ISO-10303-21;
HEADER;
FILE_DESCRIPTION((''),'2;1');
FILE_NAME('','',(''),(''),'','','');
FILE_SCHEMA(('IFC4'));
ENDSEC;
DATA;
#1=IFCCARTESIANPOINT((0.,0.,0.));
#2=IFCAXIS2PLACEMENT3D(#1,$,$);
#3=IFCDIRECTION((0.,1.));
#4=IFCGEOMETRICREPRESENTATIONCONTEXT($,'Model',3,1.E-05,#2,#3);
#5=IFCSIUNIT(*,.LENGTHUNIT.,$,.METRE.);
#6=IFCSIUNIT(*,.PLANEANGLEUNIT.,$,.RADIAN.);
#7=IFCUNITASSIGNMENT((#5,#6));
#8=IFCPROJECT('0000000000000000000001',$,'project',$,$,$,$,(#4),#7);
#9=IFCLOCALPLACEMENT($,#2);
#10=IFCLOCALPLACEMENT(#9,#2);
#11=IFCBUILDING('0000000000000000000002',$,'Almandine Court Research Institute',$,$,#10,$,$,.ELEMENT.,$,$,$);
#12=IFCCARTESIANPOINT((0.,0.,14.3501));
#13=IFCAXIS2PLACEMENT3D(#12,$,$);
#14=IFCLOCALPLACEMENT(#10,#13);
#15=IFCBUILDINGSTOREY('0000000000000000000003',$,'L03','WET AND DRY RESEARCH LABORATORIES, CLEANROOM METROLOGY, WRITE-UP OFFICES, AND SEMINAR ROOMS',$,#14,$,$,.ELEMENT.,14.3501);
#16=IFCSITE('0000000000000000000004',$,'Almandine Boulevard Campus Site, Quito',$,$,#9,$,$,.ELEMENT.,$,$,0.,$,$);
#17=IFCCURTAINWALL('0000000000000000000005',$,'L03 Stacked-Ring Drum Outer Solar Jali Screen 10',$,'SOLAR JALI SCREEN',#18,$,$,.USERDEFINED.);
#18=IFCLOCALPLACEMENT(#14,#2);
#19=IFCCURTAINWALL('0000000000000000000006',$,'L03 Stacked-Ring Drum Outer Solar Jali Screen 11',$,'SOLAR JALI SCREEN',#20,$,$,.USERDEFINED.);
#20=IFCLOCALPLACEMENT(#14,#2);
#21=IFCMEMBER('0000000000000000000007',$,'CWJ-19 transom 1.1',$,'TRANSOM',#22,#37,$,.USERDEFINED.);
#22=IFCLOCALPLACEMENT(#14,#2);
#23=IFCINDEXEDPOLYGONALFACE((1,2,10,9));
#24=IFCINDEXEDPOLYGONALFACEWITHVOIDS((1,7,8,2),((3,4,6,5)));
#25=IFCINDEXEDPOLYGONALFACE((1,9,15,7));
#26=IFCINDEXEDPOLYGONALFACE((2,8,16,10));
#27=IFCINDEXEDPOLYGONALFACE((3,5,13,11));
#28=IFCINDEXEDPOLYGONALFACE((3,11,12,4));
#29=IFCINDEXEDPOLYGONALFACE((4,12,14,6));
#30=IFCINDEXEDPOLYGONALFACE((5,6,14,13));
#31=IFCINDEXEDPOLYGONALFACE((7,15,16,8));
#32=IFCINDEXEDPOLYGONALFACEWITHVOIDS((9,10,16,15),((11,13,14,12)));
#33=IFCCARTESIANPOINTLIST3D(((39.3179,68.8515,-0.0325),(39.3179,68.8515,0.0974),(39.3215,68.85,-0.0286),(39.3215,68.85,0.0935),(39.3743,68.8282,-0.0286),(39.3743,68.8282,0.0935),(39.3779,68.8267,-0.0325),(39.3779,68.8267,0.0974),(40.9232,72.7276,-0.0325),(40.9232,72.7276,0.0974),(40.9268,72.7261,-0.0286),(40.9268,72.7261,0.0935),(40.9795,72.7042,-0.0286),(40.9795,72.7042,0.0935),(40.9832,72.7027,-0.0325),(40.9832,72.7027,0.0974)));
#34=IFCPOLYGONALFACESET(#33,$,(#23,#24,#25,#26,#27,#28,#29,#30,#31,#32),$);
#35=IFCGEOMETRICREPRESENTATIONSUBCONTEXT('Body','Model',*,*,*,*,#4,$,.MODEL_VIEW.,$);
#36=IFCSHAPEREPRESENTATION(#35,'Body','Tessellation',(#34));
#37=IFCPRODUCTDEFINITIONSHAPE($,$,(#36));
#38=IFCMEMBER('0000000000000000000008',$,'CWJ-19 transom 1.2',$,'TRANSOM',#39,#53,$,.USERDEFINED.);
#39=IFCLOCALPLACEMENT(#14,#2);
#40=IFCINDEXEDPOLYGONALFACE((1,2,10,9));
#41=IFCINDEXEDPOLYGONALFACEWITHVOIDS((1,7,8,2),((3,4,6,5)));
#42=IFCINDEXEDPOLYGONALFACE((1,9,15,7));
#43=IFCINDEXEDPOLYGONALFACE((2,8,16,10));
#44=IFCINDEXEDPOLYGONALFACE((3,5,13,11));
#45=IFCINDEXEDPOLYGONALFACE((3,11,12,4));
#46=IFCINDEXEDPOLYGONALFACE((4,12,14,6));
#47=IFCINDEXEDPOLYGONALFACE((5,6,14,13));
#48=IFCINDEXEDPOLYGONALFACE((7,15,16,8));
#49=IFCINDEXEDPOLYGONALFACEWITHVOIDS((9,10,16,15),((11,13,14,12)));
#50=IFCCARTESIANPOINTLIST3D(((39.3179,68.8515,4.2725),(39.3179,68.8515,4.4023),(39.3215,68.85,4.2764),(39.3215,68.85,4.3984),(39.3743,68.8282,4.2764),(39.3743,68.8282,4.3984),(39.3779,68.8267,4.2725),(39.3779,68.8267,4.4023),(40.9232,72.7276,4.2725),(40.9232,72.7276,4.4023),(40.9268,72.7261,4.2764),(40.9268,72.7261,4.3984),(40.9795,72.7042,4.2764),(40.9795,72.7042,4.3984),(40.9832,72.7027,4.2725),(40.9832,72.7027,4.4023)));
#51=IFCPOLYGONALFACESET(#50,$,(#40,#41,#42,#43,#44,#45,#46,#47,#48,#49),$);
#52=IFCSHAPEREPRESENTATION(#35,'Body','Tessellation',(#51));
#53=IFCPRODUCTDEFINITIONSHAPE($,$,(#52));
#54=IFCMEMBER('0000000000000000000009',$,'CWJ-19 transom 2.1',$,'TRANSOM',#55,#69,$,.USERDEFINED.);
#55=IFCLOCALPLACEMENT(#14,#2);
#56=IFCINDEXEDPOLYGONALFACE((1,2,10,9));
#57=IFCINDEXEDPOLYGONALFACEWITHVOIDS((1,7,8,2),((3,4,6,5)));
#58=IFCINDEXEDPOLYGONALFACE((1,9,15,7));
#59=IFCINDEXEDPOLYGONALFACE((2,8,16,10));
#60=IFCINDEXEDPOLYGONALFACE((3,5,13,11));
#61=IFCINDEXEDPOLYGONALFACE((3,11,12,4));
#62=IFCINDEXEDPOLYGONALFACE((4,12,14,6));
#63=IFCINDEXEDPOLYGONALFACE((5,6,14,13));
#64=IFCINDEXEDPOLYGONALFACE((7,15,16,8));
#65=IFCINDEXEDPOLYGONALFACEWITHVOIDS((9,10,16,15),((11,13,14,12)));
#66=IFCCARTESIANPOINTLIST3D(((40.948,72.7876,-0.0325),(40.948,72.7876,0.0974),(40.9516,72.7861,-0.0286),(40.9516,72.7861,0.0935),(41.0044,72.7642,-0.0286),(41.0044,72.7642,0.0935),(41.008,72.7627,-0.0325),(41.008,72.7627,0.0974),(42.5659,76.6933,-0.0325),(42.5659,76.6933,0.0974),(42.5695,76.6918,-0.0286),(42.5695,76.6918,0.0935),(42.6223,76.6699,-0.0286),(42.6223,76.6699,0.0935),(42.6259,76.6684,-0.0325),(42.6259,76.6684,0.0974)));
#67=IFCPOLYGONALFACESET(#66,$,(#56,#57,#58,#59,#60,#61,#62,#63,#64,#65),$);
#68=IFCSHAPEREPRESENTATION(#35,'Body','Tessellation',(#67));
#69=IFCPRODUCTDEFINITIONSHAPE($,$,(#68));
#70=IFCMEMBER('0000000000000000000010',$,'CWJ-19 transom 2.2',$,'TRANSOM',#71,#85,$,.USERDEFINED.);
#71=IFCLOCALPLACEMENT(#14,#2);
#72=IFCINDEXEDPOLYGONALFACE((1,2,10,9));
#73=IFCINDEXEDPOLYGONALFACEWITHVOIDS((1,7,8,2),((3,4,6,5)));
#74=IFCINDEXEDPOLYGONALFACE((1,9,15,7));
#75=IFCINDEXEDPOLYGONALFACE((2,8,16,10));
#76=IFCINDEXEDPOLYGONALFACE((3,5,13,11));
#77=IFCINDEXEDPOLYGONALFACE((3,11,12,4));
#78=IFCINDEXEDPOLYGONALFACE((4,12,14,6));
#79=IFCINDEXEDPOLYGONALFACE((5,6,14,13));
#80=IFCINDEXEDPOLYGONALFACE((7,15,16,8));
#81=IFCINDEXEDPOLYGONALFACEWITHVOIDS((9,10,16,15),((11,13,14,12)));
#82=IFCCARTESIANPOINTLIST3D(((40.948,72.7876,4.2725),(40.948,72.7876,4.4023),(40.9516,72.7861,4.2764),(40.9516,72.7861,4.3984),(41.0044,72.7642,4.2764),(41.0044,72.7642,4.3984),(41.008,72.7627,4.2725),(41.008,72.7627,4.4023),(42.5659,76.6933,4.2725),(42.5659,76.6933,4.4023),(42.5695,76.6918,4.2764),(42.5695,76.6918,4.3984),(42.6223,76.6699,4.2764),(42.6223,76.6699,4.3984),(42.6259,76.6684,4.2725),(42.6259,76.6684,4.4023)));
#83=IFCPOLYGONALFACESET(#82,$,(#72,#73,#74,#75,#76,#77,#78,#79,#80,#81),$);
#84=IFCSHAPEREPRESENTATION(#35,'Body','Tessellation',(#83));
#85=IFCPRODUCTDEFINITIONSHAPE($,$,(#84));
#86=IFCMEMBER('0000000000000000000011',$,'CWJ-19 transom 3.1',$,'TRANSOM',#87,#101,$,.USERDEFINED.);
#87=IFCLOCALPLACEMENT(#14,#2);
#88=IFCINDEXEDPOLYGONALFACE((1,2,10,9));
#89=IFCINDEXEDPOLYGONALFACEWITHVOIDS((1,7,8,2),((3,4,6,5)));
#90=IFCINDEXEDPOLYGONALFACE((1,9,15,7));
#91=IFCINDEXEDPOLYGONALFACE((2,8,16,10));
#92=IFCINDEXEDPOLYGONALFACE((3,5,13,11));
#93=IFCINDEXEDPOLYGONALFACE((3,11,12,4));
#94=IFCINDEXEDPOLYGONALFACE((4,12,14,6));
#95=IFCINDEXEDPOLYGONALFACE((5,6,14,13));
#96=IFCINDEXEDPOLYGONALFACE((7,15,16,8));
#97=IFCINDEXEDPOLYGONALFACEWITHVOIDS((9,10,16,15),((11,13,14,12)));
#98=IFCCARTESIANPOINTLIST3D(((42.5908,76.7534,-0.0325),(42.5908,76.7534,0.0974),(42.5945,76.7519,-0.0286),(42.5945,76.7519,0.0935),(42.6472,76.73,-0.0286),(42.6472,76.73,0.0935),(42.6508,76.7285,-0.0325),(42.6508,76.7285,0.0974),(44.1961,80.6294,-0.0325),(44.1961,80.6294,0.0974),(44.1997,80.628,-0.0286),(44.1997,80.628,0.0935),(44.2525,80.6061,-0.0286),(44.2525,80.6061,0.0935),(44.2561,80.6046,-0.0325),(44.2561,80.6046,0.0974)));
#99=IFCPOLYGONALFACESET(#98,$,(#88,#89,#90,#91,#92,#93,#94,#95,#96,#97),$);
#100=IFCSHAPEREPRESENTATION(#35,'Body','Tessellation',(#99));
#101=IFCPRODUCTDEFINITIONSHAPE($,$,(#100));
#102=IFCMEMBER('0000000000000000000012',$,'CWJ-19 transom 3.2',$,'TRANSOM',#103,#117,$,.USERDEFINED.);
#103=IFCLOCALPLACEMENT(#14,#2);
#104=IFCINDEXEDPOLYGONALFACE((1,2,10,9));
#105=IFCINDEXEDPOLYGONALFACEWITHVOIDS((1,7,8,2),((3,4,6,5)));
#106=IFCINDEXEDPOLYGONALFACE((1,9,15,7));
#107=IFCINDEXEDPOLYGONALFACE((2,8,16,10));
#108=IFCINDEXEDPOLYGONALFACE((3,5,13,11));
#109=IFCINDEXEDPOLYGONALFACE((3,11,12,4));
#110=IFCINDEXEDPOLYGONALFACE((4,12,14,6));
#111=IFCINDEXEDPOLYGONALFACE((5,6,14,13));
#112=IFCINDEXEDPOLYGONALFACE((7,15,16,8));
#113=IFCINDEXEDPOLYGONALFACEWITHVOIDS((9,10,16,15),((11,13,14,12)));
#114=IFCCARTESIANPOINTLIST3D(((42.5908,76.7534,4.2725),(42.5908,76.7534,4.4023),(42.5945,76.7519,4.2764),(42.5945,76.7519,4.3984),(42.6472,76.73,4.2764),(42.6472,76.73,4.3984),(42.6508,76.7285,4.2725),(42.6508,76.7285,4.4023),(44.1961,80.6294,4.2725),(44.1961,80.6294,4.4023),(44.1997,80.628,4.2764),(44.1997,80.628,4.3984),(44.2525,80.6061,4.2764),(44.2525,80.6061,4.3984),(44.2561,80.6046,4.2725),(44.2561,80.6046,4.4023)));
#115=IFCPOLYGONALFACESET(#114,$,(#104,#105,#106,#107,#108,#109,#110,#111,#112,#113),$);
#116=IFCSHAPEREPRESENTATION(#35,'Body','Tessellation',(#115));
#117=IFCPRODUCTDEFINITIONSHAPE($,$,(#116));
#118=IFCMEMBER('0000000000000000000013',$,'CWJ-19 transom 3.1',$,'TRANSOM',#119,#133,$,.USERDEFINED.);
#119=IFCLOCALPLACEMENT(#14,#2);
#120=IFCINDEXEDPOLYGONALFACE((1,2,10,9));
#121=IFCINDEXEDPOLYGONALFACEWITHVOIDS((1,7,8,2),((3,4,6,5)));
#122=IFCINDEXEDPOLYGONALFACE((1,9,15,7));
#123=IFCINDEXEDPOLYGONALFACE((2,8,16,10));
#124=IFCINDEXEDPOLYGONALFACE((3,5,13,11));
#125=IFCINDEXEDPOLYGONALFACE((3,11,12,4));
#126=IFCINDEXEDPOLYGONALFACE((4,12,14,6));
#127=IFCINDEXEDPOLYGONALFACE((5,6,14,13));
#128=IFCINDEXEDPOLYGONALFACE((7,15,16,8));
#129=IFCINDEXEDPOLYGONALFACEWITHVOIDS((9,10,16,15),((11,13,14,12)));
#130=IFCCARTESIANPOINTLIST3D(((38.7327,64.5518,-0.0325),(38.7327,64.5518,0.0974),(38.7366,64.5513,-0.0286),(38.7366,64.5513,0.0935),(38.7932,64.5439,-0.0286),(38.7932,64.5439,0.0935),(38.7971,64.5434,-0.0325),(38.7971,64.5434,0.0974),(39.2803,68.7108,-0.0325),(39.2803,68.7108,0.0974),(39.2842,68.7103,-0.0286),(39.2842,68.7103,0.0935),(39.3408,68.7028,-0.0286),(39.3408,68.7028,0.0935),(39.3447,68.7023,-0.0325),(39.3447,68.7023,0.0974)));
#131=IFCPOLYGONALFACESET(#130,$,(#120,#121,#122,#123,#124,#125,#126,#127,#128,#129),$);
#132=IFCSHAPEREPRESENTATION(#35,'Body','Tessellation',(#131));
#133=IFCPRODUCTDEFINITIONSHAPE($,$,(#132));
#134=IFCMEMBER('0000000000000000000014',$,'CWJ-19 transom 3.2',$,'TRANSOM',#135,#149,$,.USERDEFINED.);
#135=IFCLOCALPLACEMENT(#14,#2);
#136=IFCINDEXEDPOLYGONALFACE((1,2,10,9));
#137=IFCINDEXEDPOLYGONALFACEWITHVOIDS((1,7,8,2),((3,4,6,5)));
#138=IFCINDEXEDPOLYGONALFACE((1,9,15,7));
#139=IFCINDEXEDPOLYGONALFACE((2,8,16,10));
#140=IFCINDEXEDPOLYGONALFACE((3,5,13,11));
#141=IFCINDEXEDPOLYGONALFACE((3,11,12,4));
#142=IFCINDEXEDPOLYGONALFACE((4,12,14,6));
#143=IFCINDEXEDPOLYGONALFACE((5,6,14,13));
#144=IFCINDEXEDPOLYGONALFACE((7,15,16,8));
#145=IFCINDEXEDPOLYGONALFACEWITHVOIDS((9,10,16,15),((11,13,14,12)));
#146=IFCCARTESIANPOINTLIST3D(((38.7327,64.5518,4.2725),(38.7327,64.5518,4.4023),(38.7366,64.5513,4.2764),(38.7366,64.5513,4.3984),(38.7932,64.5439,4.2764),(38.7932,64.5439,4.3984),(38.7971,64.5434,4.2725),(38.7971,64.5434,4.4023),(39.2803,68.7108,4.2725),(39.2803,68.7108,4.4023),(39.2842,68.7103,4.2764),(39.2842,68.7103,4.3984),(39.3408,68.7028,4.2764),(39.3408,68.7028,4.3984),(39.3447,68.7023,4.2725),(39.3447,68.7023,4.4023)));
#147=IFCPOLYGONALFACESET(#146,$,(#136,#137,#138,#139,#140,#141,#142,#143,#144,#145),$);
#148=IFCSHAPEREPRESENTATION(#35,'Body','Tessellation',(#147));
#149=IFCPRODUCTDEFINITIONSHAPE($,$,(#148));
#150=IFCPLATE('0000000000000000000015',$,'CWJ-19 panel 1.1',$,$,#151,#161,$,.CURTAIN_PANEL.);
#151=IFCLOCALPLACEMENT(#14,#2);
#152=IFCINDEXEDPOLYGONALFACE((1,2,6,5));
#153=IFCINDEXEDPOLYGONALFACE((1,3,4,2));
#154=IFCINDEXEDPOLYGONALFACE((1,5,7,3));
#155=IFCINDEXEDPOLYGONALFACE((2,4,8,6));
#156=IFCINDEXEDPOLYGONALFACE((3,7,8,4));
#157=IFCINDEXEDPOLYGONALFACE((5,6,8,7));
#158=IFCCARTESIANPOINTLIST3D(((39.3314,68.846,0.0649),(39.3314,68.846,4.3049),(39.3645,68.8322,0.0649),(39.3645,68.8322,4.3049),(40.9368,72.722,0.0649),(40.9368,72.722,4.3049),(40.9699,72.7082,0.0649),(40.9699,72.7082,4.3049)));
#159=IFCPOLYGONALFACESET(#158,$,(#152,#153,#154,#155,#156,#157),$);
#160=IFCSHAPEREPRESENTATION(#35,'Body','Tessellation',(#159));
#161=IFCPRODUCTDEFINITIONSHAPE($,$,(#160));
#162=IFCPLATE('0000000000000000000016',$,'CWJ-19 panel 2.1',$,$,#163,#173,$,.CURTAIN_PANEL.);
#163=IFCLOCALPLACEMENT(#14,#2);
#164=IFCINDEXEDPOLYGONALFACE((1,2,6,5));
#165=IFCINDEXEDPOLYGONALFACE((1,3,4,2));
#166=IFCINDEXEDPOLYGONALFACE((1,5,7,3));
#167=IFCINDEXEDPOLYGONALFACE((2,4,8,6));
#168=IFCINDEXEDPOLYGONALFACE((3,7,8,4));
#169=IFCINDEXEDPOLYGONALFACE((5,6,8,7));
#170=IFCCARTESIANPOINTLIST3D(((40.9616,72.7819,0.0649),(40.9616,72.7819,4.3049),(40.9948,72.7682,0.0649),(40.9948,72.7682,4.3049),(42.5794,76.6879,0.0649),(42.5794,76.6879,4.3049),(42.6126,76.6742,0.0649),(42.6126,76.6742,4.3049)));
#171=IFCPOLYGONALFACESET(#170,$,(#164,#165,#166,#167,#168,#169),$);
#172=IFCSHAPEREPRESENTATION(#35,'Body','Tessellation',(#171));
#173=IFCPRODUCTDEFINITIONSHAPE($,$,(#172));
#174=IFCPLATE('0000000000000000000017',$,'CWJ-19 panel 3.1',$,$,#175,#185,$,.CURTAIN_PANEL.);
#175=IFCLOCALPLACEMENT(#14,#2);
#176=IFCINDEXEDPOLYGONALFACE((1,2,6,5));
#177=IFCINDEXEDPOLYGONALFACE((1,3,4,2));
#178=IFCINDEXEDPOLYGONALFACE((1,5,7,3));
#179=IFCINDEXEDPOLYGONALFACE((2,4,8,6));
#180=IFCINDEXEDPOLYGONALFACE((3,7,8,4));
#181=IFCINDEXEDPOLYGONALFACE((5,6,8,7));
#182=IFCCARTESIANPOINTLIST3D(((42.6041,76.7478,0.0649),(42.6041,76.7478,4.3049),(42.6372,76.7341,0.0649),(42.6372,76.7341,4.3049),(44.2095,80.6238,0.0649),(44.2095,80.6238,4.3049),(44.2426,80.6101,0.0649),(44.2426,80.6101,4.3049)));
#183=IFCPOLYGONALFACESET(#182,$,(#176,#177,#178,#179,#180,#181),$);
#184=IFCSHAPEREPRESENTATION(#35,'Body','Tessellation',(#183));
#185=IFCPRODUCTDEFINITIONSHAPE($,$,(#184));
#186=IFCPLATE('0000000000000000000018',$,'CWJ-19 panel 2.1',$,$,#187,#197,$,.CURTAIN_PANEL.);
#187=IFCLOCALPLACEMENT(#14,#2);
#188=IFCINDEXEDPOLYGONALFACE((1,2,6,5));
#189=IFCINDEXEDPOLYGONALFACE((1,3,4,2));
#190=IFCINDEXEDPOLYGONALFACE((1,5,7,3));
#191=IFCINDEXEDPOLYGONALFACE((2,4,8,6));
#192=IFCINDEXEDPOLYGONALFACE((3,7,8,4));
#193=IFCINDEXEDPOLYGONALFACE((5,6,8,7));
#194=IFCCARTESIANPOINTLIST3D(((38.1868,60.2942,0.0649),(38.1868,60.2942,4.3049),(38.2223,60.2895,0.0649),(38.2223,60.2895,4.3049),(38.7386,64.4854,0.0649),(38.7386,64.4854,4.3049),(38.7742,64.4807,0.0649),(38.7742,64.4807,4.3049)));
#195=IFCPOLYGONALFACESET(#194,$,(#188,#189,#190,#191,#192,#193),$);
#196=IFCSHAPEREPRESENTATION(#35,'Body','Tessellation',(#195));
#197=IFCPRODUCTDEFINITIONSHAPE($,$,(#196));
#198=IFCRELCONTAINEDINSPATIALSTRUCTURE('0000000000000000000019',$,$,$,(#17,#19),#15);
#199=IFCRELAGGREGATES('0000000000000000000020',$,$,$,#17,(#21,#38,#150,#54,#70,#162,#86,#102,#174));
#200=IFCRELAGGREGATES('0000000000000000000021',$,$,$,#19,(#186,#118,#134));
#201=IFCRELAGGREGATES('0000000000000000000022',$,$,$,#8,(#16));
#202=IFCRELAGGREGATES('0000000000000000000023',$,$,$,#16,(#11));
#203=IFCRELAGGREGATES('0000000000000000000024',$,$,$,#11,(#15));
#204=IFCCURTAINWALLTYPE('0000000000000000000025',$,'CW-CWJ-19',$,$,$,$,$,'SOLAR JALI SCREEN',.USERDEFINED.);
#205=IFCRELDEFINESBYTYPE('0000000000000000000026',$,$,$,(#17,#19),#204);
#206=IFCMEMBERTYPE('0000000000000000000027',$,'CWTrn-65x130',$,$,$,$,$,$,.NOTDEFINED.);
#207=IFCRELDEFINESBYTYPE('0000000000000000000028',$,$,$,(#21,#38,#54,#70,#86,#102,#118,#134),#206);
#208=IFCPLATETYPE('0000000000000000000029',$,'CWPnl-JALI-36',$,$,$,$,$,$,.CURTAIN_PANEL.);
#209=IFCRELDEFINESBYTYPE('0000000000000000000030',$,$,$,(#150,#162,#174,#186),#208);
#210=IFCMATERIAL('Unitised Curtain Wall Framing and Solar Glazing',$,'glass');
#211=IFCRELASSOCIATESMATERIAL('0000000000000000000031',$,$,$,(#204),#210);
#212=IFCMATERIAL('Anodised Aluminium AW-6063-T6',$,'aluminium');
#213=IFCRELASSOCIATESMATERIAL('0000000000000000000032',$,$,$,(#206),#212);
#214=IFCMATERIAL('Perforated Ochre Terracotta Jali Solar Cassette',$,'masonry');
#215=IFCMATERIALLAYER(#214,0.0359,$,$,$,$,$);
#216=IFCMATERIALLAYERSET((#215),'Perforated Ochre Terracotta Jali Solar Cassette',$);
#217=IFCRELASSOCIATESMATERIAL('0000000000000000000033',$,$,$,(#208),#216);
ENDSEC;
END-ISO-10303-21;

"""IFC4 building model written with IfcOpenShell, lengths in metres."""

from ifc_helpers import new_model, si_unit, direction, frame, origin, origin_2d, place, context, subcontext, project, spatial, rectangle, hollow_rectangle, extrude, material, layer, layer_set, material_profile, profile_set, type_object, element, aggregate, save


model = new_model("IFC4")

# Units and contexts
model_context = context("Model", 3, precision=1e-05, world=origin(), true_north=direction((0.0, 1.0)))
body_context = subcontext(model_context, "Body", "Model", "MODEL_VIEW")
ifc_project = project(units=[si_unit("LENGTHUNIT", "METRE"), si_unit("PLANEANGLEUNIT", "RADIAN")], contexts=[model_context])

# Site, building, storey
site_placement = place(None, origin())
site = spatial("IfcSite", under=ifc_project, at=site_placement, Name="Almandine Boulevard Campus Site, Quito", CompositionType="ELEMENT", RefElevation=0.0)
building_placement = place(site_placement, origin())
building = spatial("IfcBuilding", under=site, at=building_placement, Name="Almandine Court Research Institute", CompositionType="ELEMENT")
storey_placement = place(building_placement, frame((0.0, 0.0, 14.3501)))
storey = spatial("IfcBuildingStorey", under=building, at=storey_placement, Name="L03", Description="WET AND DRY RESEARCH LABORATORIES, CLEANROOM METROLOGY, WRITE-UP OFFICES, AND SEMINAR ROOMS", CompositionType="ELEMENT", Elevation=14.3501)

# Shared definitions
ifc_material_1 = material(Name="Unitised Curtain Wall Framing and Solar Glazing", Category="glass")
curtain_wall_type = type_object("IfcCurtainWallType", Name="CW-CWJ-19", ElementType="SOLAR JALI SCREEN", PredefinedType="USERDEFINED", material=ifc_material_1)
ifc_material_2 = material(Name="Anodised Aluminium AW-6063-T6", Category="aluminium")

# Curtain walls
curtain_wall_1_placement = place(storey_placement, origin())
curtain_wall_1 = element("IfcCurtainWall", 1, at=curtain_wall_1_placement, inside=storey, type_object=curtain_wall_type, Name="L03 Stacked-Ring Drum Outer Solar Jali Screen 10", ObjectType="SOLAR JALI SCREEN", PredefinedType="USERDEFINED")
curtain_wall_2_placement = place(storey_placement, origin())
curtain_wall_2 = element("IfcCurtainWall", 2, at=curtain_wall_2_placement, inside=storey, type_object=curtain_wall_type, Name="L03 Stacked-Ring Drum Outer Solar Jali Screen 11", ObjectType="SOLAR JALI SCREEN", PredefinedType="USERDEFINED")

# Members
ifc_material_profile_1 = material_profile(ifc_material_2, hollow_rectangle(XDim=0.0649, YDim=0.1299, WallThickness=0.0039, at=origin_2d()), Name="ALU RHS 65x130x4")
ifc_profile_set_1 = profile_set([ifc_material_profile_1], Name="Anodised Aluminium AW-6063-T6")
member_type_1 = type_object("IfcMemberType", Name="CWTrn-65x130", PredefinedType="NOTDEFINED", material=ifc_profile_set_1)
member_1_placement = place(storey_placement, frame((39.3479, 68.8391, 0.0325), z_axis=(0.382631, 0.923901, 0.0), x_axis=(-0.923901, 0.382631, 0.0)))
member_1 = element("IfcMember", 3, at=member_1_placement, type_object=member_type_1, Name="CWJ-19 transom 1.1", ObjectType="TRANSOM", PredefinedType="USERDEFINED", context=body_context, shape_type="SweptSolid", body=[
    extrude(hollow_rectangle(XDim=0.0649, YDim=0.1299, WallThickness=0.0039, at=origin_2d()), origin(), (0.0, 0.0, 1.0), 4.1953),
])
member_2_placement = place(storey_placement, frame((39.3479, 68.8391, 4.3374), z_axis=(0.382631, 0.923901, 0.0), x_axis=(-0.923901, 0.382631, 0.0)))
member_2 = element("IfcMember", 4, at=member_2_placement, type_object=member_type_1, Name="CWJ-19 transom 1.2", ObjectType="TRANSOM", PredefinedType="USERDEFINED", context=body_context, shape_type="SweptSolid", body=[
    extrude(hollow_rectangle(XDim=0.0649, YDim=0.1299, WallThickness=0.0039, at=origin_2d()), origin(), (0.0, 0.0, 1.0), 4.1953),
])
member_3_placement = place(storey_placement, frame((40.978, 72.7751, 0.0325), z_axis=(0.382704, 0.923871, 0.0), x_axis=(-0.923871, 0.382704, 0.0)))
member_3 = element("IfcMember", 5, at=member_3_placement, type_object=member_type_1, Name="CWJ-19 transom 2.1", ObjectType="TRANSOM", PredefinedType="USERDEFINED", context=body_context, shape_type="SweptSolid", body=[
    extrude(hollow_rectangle(XDim=0.0649, YDim=0.1299, WallThickness=0.0039, at=origin_2d()), origin(), (0.0, 0.0, 1.0), 4.2275),
])
member_4_placement = place(storey_placement, frame((40.978, 72.7751, 4.3374), z_axis=(0.382704, 0.923871, 0.0), x_axis=(-0.923871, 0.382704, 0.0)))
member_4 = element("IfcMember", 6, at=member_4_placement, type_object=member_type_1, Name="CWJ-19 transom 2.2", ObjectType="TRANSOM", PredefinedType="USERDEFINED", context=body_context, shape_type="SweptSolid", body=[
    extrude(hollow_rectangle(XDim=0.0649, YDim=0.1299, WallThickness=0.0039, at=origin_2d()), origin(), (0.0, 0.0, 1.0), 4.2275),
])
member_5_placement = place(storey_placement, frame((42.6208, 76.741, 0.0325), z_axis=(0.382631, 0.923901, 0.0), x_axis=(-0.923901, 0.382631, 0.0)))
member_5 = element("IfcMember", 7, at=member_5_placement, type_object=member_type_1, Name="CWJ-19 transom 3.1", ObjectType="TRANSOM", PredefinedType="USERDEFINED", context=body_context, shape_type="SweptSolid", body=[
    extrude(hollow_rectangle(XDim=0.0649, YDim=0.1299, WallThickness=0.0039, at=origin_2d()), origin(), (0.0, 0.0, 1.0), 4.1953),
])
member_6_placement = place(storey_placement, frame((42.6208, 76.741, 4.3374), z_axis=(0.382631, 0.923901, 0.0), x_axis=(-0.923901, 0.382631, 0.0)))
member_6 = element("IfcMember", 8, at=member_6_placement, type_object=member_type_1, Name="CWJ-19 transom 3.2", ObjectType="TRANSOM", PredefinedType="USERDEFINED", context=body_context, shape_type="SweptSolid", body=[
    extrude(hollow_rectangle(XDim=0.0649, YDim=0.1299, WallThickness=0.0039, at=origin_2d()), origin(), (0.0, 0.0, 1.0), 4.1953),
])
member_7_placement = place(storey_placement, frame((38.7649, 64.5476, 0.0325), z_axis=(0.130543, 0.991443, 0.0), x_axis=(-0.991443, 0.130543, 0.0)))
member_7 = element("IfcMember", 9, at=member_7_placement, type_object=member_type_1, Name="CWJ-19 transom 3.1", ObjectType="TRANSOM", PredefinedType="USERDEFINED", context=body_context, shape_type="SweptSolid", body=[
    extrude(hollow_rectangle(XDim=0.0649, YDim=0.1299, WallThickness=0.0039, at=origin_2d()), origin(), (0.0, 0.0, 1.0), 4.1948),
])
member_8_placement = place(storey_placement, frame((38.7649, 64.5476, 4.3374), z_axis=(0.130543, 0.991443, 0.0), x_axis=(-0.991443, 0.130543, 0.0)))
member_8 = element("IfcMember", 10, at=member_8_placement, type_object=member_type_1, Name="CWJ-19 transom 3.2", ObjectType="TRANSOM", PredefinedType="USERDEFINED", context=body_context, shape_type="SweptSolid", body=[
    extrude(hollow_rectangle(XDim=0.0649, YDim=0.1299, WallThickness=0.0039, at=origin_2d()), origin(), (0.0, 0.0, 1.0), 4.1948),
])

# Plates
ifc_material_3 = material(Name="Perforated Ochre Terracotta Jali Solar Cassette", Category="masonry")
ifc_layer_1 = layer(ifc_material_3, 0.0359)
ifc_layer_set_1 = layer_set([ifc_layer_1], Name="Perforated Ochre Terracotta Jali Solar Cassette")
plate_type = type_object("IfcPlateType", Name="CWPnl-JALI-36", PredefinedType="CURTAIN_PANEL", material=ifc_layer_set_1)
plate_1_placement = place(storey_placement, frame((40.1506, 70.7771, 0.0649), z_axis=(0.0, 0.0, 1.0), x_axis=(0.382663, 0.923888, 0.0)))
plate_1 = element("IfcPlate", 11, at=plate_1_placement, type_object=plate_type, Name="CWJ-19 panel 1.1", PredefinedType="CURTAIN_PANEL", context=body_context, shape_type="SweptSolid", body=[
    extrude(rectangle(XDim=4.1953, YDim=0.0359, at=origin_2d()), origin(), (0.0, 0.0, 1.0), 4.24),
])
plate_2_placement = place(storey_placement, frame((41.7871, 74.728, 0.0649), z_axis=(0.0, 0.0, 1.0), x_axis=(0.382663, 0.923888, 0.0)))
plate_2 = element("IfcPlate", 12, at=plate_2_placement, type_object=plate_type, Name="CWJ-19 panel 2.1", PredefinedType="CURTAIN_PANEL", context=body_context, shape_type="SweptSolid", body=[
    extrude(rectangle(XDim=4.2278, YDim=0.0359, at=origin_2d()), origin(), (0.0, 0.0, 1.0), 4.24),
])
plate_3_placement = place(storey_placement, frame((43.4233, 78.679, 0.0649), z_axis=(0.0, 0.0, 1.0), x_axis=(0.382663, 0.923888, 0.0)))
plate_3 = element("IfcPlate", 13, at=plate_3_placement, type_object=plate_type, Name="CWJ-19 panel 3.1", PredefinedType="CURTAIN_PANEL", context=body_context, shape_type="SweptSolid", body=[
    extrude(rectangle(XDim=4.1953, YDim=0.0359, at=origin_2d()), origin(), (0.0, 0.0, 1.0), 4.24),
])
aggregate(curtain_wall_1, [member_1, member_2, plate_1, member_3, member_4, plate_2, member_5, member_6, plate_3])
plate_4_placement = place(storey_placement, frame((38.4805, 62.3875, 0.0649), z_axis=(0.0, 0.0, 1.0), x_axis=(0.130541, 0.991443, 0.0)))
plate_4 = element("IfcPlate", 14, at=plate_4_placement, type_object=plate_type, Name="CWJ-19 panel 2.1", PredefinedType="CURTAIN_PANEL", context=body_context, shape_type="SweptSolid", body=[
    extrude(rectangle(XDim=4.2273, YDim=0.0359, at=origin_2d()), origin(), (0.0, 0.0, 1.0), 4.24),
])
aggregate(curtain_wall_2, [plate_4, member_7, member_8])

save(model, "model.ifc")
